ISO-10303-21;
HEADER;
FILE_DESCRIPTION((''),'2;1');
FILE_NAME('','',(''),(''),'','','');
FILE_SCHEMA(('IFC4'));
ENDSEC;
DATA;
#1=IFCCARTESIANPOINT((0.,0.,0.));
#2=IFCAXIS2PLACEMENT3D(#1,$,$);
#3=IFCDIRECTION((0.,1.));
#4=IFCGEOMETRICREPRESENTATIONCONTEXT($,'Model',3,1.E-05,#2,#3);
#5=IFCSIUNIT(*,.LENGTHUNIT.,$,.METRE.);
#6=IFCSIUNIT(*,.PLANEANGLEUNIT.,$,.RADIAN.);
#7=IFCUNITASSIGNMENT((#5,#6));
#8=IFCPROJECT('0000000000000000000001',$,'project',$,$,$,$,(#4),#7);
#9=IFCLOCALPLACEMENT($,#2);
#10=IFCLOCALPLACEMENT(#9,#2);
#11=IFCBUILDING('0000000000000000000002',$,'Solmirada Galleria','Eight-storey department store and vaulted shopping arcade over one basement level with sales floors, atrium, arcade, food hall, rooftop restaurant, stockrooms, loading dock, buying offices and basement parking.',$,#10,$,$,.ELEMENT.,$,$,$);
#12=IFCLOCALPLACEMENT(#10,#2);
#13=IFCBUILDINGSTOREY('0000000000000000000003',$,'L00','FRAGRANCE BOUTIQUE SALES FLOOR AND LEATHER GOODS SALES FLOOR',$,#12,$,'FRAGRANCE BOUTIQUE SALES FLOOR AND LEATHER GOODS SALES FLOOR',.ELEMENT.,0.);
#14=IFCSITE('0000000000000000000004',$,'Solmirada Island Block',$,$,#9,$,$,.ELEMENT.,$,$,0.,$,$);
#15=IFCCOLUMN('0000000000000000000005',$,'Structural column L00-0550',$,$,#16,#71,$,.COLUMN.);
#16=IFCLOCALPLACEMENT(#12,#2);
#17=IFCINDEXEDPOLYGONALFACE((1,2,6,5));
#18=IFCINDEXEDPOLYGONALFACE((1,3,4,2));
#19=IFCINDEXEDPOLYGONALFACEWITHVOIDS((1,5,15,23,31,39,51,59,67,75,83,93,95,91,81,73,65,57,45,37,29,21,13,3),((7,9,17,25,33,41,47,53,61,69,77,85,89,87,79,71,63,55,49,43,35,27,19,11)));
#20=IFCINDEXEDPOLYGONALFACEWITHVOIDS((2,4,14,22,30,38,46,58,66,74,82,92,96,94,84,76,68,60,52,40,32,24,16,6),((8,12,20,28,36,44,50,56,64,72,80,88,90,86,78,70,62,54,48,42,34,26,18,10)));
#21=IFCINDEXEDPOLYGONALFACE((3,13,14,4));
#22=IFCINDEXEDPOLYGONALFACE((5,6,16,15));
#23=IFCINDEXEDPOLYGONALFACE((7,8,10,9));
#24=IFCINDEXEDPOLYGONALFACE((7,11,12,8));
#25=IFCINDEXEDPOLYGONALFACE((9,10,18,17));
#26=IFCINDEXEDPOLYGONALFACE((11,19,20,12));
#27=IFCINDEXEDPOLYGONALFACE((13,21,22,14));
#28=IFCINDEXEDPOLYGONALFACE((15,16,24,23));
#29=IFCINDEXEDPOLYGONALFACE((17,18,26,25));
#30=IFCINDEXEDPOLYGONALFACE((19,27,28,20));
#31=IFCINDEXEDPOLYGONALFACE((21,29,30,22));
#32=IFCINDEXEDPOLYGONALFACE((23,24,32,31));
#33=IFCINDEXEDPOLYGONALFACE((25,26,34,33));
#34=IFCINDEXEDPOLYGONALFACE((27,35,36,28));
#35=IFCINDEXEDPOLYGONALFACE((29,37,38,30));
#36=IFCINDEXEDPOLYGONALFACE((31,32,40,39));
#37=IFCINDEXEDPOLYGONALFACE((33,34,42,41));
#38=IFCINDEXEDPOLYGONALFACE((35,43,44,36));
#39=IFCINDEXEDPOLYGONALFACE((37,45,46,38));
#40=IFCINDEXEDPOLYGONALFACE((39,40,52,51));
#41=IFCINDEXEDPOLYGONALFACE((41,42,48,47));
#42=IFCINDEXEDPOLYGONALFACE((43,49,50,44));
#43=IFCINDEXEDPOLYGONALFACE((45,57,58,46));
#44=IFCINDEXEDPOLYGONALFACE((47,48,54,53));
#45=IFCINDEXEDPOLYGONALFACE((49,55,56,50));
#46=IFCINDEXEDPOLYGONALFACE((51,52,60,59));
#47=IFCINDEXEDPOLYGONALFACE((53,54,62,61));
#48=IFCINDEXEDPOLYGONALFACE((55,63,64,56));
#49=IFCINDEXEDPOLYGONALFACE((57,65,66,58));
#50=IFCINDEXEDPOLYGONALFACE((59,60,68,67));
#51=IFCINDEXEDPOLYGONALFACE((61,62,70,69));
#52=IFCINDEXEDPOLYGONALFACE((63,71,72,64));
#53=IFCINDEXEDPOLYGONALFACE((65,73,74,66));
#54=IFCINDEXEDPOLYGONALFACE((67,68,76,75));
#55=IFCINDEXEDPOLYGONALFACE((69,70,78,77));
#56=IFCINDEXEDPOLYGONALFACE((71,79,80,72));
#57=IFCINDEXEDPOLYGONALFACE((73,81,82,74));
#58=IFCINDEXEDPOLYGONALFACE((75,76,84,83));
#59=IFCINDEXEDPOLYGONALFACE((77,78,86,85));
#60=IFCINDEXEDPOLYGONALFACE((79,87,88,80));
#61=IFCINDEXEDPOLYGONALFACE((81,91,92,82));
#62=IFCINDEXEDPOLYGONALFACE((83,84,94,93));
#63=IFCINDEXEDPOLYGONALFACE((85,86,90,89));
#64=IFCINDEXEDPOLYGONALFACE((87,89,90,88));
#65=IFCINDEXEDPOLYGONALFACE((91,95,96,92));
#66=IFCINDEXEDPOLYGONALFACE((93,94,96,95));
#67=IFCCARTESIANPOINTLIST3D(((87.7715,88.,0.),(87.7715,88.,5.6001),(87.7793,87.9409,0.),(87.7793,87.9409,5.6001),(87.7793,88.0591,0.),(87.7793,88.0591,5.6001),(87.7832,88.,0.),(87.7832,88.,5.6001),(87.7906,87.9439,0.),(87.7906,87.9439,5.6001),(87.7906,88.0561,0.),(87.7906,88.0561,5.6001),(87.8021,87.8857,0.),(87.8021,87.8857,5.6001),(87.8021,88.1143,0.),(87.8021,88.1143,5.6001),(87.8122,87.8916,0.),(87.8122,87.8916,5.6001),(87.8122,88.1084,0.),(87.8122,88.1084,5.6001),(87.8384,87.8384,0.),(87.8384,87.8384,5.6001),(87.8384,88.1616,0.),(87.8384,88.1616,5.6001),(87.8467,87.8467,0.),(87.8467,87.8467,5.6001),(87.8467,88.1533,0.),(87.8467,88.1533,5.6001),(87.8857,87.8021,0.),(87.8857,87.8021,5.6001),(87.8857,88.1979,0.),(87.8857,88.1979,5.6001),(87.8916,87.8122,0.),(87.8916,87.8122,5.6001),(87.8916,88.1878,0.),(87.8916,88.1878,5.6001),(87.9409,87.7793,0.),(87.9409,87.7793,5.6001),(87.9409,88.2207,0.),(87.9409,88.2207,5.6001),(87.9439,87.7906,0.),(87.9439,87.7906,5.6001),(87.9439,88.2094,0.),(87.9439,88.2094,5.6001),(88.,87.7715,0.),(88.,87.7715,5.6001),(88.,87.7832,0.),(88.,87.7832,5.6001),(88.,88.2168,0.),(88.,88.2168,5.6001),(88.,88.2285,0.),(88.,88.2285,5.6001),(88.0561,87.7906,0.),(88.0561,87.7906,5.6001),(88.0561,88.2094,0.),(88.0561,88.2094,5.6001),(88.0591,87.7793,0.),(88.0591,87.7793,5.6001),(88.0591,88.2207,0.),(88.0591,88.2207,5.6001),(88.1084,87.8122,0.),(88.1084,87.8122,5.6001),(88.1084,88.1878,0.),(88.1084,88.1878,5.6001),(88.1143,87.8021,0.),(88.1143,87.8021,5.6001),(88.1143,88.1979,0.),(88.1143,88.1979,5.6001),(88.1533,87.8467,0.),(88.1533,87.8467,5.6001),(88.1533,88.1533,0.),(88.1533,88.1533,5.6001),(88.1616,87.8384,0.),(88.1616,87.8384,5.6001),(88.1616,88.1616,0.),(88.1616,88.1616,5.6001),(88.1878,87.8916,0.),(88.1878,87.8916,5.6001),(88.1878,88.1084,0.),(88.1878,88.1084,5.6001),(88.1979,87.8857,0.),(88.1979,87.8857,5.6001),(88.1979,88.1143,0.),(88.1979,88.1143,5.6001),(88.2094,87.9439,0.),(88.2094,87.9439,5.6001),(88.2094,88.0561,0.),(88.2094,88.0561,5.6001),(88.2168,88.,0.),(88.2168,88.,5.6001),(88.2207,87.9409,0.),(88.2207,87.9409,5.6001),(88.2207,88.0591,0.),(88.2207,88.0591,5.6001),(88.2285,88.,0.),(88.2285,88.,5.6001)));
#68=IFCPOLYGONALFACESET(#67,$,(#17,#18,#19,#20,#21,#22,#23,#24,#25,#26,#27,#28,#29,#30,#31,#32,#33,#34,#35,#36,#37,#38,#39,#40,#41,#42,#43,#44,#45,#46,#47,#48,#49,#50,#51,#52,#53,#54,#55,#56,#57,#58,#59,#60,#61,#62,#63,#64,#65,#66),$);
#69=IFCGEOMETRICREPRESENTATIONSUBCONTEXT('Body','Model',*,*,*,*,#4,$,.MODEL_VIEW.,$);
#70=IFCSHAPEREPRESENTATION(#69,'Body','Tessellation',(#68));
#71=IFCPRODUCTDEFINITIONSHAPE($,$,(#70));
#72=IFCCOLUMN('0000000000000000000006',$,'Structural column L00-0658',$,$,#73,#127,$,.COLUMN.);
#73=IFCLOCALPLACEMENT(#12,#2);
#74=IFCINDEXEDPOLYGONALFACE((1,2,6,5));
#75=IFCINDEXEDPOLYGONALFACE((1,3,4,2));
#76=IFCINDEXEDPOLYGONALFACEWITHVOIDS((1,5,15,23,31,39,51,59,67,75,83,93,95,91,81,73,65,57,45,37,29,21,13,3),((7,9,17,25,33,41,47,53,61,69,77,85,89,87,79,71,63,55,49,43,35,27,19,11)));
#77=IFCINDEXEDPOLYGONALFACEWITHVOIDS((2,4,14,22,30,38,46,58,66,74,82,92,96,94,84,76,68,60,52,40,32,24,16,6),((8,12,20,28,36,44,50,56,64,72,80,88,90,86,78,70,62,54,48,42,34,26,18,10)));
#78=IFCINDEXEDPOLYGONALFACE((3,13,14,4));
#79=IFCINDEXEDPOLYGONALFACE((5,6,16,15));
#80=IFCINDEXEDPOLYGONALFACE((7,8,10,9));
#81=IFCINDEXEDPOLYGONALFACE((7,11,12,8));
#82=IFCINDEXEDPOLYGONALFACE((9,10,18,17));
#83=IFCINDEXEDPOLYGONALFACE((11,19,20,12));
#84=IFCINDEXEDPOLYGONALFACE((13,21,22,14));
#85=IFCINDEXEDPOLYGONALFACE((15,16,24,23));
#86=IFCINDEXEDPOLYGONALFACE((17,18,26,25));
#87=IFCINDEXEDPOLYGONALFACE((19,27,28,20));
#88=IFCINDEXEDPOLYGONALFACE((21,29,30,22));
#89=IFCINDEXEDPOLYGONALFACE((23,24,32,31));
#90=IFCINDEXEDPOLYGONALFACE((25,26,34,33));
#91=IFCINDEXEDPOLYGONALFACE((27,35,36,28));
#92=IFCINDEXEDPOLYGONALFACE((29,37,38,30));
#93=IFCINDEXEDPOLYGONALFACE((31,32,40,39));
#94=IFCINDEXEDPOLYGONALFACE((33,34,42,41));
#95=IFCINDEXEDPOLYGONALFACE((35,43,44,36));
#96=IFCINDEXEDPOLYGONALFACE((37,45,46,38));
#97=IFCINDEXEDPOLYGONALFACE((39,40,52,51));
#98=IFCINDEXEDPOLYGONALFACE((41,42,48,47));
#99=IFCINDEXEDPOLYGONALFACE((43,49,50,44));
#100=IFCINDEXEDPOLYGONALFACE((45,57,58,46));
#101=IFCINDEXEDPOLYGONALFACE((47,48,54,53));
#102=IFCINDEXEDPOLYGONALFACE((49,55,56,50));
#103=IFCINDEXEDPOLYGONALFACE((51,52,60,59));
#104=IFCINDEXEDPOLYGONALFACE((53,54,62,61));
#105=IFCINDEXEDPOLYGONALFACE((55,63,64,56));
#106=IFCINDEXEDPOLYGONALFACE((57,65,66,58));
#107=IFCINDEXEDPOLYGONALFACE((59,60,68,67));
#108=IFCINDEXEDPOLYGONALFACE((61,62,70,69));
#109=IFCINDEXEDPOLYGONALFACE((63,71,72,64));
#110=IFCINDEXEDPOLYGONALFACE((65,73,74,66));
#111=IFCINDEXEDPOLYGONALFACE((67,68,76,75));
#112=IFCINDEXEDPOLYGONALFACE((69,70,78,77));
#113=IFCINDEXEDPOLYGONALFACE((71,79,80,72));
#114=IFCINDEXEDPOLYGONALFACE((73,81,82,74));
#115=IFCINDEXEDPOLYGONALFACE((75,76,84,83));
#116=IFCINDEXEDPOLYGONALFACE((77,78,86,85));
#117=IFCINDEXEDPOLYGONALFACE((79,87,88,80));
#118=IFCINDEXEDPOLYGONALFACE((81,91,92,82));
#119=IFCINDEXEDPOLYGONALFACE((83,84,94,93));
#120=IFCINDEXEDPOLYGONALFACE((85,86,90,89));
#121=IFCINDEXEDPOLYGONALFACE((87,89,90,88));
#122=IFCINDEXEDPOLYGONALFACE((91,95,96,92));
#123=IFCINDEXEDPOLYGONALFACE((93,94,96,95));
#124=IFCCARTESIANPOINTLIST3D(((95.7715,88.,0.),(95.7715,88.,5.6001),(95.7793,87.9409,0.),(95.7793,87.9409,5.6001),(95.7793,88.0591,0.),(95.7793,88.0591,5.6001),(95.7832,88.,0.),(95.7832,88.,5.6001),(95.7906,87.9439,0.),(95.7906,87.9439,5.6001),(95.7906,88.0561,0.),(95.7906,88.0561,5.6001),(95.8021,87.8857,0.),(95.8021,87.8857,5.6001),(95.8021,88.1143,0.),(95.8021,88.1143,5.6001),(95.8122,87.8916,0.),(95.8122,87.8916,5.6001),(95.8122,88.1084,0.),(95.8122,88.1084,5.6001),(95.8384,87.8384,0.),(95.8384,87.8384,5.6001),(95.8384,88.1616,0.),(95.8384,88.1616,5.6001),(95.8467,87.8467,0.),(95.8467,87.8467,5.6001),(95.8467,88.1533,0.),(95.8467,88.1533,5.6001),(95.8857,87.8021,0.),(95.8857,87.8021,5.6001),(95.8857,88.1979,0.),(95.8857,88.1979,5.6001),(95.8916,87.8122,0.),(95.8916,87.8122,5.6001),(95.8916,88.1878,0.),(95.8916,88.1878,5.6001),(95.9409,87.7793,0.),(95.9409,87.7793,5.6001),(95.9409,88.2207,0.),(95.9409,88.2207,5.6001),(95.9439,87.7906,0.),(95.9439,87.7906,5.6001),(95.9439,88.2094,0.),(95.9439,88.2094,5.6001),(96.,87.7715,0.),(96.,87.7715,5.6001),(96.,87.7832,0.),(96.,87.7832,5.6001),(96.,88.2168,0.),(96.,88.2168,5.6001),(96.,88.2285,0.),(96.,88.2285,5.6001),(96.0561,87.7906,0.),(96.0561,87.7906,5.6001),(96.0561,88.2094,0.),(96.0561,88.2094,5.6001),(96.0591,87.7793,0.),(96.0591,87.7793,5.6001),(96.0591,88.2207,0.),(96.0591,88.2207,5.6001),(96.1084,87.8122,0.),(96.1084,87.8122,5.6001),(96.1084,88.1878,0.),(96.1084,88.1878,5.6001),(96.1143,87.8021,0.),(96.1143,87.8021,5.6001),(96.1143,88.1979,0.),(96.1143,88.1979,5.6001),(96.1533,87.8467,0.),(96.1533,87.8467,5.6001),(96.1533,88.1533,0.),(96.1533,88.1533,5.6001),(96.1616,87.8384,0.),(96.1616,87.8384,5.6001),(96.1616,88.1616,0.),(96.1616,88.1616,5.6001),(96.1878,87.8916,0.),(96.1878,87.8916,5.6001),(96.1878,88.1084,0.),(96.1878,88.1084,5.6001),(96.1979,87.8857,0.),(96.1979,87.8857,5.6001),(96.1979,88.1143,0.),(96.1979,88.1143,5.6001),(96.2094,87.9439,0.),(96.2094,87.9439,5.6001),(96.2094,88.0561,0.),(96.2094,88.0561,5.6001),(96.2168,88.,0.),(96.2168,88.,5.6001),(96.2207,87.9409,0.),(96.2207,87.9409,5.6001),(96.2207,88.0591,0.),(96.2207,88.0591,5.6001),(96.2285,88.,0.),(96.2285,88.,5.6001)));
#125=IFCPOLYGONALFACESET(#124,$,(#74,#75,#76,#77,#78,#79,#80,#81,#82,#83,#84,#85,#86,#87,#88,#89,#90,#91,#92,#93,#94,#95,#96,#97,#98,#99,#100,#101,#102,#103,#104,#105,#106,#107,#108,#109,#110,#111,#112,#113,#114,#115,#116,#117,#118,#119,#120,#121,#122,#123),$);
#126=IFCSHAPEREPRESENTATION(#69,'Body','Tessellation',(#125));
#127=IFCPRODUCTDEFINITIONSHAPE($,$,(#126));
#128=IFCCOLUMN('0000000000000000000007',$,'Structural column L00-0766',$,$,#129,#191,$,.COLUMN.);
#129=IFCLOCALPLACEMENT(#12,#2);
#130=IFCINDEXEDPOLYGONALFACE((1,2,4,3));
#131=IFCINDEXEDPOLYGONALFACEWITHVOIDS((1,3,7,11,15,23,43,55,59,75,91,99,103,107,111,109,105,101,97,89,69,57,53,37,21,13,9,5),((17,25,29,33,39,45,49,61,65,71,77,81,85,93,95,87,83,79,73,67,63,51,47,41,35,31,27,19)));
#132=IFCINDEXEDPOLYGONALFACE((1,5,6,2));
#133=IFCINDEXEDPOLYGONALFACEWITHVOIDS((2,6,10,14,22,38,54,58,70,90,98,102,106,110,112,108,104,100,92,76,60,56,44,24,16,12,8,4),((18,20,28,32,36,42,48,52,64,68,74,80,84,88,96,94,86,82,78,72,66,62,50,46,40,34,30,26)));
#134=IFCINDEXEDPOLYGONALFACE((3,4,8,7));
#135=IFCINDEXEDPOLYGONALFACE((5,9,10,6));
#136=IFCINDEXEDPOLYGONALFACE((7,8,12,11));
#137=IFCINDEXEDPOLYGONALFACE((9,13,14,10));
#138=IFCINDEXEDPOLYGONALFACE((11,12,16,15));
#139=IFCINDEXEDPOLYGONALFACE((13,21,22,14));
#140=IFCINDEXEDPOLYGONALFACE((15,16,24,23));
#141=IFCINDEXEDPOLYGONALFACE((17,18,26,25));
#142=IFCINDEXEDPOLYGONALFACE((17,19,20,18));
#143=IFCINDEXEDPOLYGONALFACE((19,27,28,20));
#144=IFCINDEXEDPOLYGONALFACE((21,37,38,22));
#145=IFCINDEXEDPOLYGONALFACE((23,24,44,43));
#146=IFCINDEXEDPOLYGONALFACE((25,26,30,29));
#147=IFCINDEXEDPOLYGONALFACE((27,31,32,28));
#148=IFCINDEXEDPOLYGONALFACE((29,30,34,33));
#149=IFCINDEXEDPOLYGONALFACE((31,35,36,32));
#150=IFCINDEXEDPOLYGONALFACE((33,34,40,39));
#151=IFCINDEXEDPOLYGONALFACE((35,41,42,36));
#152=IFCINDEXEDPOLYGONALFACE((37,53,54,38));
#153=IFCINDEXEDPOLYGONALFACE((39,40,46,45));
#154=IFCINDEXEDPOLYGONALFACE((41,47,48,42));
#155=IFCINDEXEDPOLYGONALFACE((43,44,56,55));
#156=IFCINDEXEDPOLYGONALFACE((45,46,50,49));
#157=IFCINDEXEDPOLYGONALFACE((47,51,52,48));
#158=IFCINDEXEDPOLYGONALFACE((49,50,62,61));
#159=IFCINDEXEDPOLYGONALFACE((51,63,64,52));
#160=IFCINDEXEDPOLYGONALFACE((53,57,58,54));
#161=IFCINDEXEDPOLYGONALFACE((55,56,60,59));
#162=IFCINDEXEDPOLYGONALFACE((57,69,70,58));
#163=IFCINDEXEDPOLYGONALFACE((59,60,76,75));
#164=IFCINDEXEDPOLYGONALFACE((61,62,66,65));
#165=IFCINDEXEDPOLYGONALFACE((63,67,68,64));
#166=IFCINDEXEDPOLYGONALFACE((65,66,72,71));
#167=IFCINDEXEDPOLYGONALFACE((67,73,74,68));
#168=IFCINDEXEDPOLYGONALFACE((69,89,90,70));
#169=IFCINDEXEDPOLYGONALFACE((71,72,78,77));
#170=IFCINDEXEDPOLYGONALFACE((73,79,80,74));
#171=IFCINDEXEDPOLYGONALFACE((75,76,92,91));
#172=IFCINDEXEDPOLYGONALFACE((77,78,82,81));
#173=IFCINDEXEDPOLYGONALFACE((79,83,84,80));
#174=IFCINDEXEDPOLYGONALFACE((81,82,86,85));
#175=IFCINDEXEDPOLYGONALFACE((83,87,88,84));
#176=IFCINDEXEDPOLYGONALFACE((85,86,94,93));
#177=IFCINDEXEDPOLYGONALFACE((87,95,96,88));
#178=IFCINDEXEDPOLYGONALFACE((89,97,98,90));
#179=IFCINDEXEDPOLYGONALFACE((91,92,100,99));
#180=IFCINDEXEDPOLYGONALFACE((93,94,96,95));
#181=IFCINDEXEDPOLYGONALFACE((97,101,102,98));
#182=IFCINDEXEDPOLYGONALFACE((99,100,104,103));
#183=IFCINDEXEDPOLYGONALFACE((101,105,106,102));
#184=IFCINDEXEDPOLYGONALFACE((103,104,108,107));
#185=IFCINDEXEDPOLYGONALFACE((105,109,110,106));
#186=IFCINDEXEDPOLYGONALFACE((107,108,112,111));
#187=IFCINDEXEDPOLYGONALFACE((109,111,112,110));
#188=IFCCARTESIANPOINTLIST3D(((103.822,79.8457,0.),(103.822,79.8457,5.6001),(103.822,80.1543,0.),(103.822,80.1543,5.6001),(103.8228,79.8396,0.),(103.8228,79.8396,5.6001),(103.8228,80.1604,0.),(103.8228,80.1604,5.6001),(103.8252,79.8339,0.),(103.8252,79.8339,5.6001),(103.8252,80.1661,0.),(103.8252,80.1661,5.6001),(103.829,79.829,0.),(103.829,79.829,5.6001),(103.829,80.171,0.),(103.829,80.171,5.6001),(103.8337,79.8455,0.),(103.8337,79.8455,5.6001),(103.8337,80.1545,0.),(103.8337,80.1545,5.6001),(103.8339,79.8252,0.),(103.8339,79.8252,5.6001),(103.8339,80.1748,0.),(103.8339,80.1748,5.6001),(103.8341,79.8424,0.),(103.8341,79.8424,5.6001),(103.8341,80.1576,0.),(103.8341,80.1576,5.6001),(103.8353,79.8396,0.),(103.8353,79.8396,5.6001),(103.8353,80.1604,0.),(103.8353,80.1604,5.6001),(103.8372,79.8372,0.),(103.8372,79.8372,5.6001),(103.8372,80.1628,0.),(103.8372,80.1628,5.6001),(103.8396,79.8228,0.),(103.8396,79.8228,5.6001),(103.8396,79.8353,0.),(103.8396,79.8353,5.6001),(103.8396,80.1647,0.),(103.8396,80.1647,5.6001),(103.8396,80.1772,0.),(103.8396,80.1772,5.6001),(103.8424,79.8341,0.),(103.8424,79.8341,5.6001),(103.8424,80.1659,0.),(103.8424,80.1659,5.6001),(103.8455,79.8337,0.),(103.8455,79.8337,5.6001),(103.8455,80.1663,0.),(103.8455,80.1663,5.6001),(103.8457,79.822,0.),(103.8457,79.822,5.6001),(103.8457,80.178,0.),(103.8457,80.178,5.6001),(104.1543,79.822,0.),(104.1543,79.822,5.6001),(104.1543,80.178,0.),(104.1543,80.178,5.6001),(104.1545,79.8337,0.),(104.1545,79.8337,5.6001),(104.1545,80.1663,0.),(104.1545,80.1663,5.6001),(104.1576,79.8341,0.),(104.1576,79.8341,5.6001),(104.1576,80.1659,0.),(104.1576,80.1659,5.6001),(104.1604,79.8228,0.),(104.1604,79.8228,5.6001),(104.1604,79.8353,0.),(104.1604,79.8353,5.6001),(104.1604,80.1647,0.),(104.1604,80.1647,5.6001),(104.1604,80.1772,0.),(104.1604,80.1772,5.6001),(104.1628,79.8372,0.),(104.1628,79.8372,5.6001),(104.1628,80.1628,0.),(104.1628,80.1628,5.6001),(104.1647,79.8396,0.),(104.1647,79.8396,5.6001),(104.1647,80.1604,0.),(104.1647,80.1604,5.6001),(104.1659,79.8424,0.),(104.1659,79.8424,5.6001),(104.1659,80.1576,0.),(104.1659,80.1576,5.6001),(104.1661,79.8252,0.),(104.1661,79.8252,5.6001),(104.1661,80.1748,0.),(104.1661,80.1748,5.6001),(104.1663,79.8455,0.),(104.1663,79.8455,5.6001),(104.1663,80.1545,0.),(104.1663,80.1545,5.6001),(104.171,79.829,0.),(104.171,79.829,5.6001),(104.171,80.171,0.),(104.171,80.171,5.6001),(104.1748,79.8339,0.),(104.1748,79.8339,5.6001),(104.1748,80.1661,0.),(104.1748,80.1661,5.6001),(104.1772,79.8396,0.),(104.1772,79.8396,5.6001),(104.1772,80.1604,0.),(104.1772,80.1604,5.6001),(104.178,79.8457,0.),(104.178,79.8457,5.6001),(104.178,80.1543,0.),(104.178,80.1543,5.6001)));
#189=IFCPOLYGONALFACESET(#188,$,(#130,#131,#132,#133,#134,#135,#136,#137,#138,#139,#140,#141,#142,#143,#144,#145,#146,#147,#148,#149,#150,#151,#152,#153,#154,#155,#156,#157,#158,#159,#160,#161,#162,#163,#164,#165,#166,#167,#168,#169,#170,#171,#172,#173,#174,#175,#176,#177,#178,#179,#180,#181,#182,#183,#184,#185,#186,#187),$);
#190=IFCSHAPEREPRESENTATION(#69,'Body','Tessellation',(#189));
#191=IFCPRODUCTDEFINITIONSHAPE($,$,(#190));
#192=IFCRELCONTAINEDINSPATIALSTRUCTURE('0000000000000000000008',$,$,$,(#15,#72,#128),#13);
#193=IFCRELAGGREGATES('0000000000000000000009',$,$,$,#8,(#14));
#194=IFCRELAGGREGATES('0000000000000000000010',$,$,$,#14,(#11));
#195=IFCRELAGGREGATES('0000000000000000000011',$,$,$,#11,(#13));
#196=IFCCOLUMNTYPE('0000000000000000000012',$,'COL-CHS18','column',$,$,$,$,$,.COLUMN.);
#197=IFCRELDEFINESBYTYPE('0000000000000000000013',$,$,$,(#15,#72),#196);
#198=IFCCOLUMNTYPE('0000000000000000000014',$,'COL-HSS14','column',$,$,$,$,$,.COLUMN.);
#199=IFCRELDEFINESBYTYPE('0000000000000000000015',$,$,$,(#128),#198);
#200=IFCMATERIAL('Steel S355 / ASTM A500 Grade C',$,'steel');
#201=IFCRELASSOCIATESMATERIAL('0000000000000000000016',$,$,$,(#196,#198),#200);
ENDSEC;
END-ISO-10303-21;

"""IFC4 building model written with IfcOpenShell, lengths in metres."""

from ifc_helpers import new_model, si_unit, direction, frame, origin, origin_2d, place, context, subcontext, project, spatial, hollow_rectangle, hollow_circle, extrude, material, material_profile, profile_set, type_object, element, save


model = new_model("IFC4")

# Units and contexts
model_context = context("Model", 3, precision=1e-05, world=origin(), true_north=direction((0.0, 1.0)))
body_context = subcontext(model_context, "Body", "Model", "MODEL_VIEW")
ifc_project = project(units=[si_unit("LENGTHUNIT", "METRE"), si_unit("PLANEANGLEUNIT", "RADIAN")], contexts=[model_context])

# Site, building, storey
site_placement = place(None, origin())
site = spatial("IfcSite", under=ifc_project, at=site_placement, Name="Solmirada Island Block", CompositionType="ELEMENT", RefElevation=0.0)
building_placement = place(site_placement, origin())
building = spatial("IfcBuilding", under=site, at=building_placement, Name="Solmirada Galleria", Description="Eight-storey department store and vaulted shopping arcade over one basement level with sales floors, atrium, arcade, food hall, rooftop restaurant, stockrooms, loading dock, buying offices and basement parking.", CompositionType="ELEMENT")
storey_placement = place(building_placement, origin())
storey = spatial("IfcBuildingStorey", under=building, at=storey_placement, Name="L00", Description="FRAGRANCE BOUTIQUE SALES FLOOR AND LEATHER GOODS SALES FLOOR", LongName="FRAGRANCE BOUTIQUE SALES FLOOR AND LEATHER GOODS SALES FLOOR", CompositionType="ELEMENT", Elevation=0.0)

# Columns
ifc_material_1 = material(Name="Steel S355 / ASTM A500 Grade C", Category="steel")
ifc_material_profile_1 = material_profile(ifc_material_1, hollow_circle(Radius=0.2285, WallThickness=0.0117, at=origin_2d()), Name="HSS18.000X0.500")
ifc_profile_set_1 = profile_set([ifc_material_profile_1], Name="Steel S355 / ASTM A500 Grade C")
column_type_1 = type_object("IfcColumnType", Name="COL-CHS18", Description="column", PredefinedType="COLUMN", material=ifc_profile_set_1)
for number, where, z_axis, x_axis, name in (
    (1, (88.0, 88.0, 0.0), (0.0, 0.0, 1.0), (1.0, 0.0, 0.0), "Structural column L00-0550"),
    (2, (96.0, 88.0, 0.0), (0.0, 0.0, 1.0), (1.0, 0.0, 0.0), "Structural column L00-0658"),
):
    element("IfcColumn", number, at=place(storey_placement, frame(where, z_axis=z_axis, x_axis=x_axis)), inside=storey, type_object=column_type_1, Name=name, PredefinedType="COLUMN", context=body_context, shape_type="SweptSolid", body=[
        extrude(hollow_circle(Radius=0.2285, WallThickness=0.0117, at=origin_2d()), origin(), (0.0, 0.0, 1.0), 5.6001),
    ])
ifc_material_profile_2 = material_profile(ifc_material_1, hollow_rectangle(XDim=0.356, YDim=0.356, WallThickness=0.0117, InnerFilletRadius=0.0117, OuterFilletRadius=0.0237, at=origin_2d()), Name="HSS14X14X1/2")
ifc_profile_set_2 = profile_set([ifc_material_profile_2], Name="Steel S355 / ASTM A500 Grade C")
column_type_2 = type_object("IfcColumnType", Name="COL-HSS14", Description="column", PredefinedType="COLUMN", material=ifc_profile_set_2)
column_placement = place(storey_placement, frame((104.0, 80.0, 0.0), z_axis=(0.0, 0.0, 1.0), x_axis=(1.0, 0.0, 0.0)))
element("IfcColumn", 3, at=column_placement, inside=storey, type_object=column_type_2, Name="Structural column L00-0766", PredefinedType="COLUMN", context=body_context, shape_type="SweptSolid", body=[
    extrude(hollow_rectangle(XDim=0.356, YDim=0.356, WallThickness=0.0117, InnerFilletRadius=0.0117, OuterFilletRadius=0.0237, at=origin_2d()), origin(), (0.0, 0.0, 1.0), 5.6001),
])

save(model, "model.ifc")
